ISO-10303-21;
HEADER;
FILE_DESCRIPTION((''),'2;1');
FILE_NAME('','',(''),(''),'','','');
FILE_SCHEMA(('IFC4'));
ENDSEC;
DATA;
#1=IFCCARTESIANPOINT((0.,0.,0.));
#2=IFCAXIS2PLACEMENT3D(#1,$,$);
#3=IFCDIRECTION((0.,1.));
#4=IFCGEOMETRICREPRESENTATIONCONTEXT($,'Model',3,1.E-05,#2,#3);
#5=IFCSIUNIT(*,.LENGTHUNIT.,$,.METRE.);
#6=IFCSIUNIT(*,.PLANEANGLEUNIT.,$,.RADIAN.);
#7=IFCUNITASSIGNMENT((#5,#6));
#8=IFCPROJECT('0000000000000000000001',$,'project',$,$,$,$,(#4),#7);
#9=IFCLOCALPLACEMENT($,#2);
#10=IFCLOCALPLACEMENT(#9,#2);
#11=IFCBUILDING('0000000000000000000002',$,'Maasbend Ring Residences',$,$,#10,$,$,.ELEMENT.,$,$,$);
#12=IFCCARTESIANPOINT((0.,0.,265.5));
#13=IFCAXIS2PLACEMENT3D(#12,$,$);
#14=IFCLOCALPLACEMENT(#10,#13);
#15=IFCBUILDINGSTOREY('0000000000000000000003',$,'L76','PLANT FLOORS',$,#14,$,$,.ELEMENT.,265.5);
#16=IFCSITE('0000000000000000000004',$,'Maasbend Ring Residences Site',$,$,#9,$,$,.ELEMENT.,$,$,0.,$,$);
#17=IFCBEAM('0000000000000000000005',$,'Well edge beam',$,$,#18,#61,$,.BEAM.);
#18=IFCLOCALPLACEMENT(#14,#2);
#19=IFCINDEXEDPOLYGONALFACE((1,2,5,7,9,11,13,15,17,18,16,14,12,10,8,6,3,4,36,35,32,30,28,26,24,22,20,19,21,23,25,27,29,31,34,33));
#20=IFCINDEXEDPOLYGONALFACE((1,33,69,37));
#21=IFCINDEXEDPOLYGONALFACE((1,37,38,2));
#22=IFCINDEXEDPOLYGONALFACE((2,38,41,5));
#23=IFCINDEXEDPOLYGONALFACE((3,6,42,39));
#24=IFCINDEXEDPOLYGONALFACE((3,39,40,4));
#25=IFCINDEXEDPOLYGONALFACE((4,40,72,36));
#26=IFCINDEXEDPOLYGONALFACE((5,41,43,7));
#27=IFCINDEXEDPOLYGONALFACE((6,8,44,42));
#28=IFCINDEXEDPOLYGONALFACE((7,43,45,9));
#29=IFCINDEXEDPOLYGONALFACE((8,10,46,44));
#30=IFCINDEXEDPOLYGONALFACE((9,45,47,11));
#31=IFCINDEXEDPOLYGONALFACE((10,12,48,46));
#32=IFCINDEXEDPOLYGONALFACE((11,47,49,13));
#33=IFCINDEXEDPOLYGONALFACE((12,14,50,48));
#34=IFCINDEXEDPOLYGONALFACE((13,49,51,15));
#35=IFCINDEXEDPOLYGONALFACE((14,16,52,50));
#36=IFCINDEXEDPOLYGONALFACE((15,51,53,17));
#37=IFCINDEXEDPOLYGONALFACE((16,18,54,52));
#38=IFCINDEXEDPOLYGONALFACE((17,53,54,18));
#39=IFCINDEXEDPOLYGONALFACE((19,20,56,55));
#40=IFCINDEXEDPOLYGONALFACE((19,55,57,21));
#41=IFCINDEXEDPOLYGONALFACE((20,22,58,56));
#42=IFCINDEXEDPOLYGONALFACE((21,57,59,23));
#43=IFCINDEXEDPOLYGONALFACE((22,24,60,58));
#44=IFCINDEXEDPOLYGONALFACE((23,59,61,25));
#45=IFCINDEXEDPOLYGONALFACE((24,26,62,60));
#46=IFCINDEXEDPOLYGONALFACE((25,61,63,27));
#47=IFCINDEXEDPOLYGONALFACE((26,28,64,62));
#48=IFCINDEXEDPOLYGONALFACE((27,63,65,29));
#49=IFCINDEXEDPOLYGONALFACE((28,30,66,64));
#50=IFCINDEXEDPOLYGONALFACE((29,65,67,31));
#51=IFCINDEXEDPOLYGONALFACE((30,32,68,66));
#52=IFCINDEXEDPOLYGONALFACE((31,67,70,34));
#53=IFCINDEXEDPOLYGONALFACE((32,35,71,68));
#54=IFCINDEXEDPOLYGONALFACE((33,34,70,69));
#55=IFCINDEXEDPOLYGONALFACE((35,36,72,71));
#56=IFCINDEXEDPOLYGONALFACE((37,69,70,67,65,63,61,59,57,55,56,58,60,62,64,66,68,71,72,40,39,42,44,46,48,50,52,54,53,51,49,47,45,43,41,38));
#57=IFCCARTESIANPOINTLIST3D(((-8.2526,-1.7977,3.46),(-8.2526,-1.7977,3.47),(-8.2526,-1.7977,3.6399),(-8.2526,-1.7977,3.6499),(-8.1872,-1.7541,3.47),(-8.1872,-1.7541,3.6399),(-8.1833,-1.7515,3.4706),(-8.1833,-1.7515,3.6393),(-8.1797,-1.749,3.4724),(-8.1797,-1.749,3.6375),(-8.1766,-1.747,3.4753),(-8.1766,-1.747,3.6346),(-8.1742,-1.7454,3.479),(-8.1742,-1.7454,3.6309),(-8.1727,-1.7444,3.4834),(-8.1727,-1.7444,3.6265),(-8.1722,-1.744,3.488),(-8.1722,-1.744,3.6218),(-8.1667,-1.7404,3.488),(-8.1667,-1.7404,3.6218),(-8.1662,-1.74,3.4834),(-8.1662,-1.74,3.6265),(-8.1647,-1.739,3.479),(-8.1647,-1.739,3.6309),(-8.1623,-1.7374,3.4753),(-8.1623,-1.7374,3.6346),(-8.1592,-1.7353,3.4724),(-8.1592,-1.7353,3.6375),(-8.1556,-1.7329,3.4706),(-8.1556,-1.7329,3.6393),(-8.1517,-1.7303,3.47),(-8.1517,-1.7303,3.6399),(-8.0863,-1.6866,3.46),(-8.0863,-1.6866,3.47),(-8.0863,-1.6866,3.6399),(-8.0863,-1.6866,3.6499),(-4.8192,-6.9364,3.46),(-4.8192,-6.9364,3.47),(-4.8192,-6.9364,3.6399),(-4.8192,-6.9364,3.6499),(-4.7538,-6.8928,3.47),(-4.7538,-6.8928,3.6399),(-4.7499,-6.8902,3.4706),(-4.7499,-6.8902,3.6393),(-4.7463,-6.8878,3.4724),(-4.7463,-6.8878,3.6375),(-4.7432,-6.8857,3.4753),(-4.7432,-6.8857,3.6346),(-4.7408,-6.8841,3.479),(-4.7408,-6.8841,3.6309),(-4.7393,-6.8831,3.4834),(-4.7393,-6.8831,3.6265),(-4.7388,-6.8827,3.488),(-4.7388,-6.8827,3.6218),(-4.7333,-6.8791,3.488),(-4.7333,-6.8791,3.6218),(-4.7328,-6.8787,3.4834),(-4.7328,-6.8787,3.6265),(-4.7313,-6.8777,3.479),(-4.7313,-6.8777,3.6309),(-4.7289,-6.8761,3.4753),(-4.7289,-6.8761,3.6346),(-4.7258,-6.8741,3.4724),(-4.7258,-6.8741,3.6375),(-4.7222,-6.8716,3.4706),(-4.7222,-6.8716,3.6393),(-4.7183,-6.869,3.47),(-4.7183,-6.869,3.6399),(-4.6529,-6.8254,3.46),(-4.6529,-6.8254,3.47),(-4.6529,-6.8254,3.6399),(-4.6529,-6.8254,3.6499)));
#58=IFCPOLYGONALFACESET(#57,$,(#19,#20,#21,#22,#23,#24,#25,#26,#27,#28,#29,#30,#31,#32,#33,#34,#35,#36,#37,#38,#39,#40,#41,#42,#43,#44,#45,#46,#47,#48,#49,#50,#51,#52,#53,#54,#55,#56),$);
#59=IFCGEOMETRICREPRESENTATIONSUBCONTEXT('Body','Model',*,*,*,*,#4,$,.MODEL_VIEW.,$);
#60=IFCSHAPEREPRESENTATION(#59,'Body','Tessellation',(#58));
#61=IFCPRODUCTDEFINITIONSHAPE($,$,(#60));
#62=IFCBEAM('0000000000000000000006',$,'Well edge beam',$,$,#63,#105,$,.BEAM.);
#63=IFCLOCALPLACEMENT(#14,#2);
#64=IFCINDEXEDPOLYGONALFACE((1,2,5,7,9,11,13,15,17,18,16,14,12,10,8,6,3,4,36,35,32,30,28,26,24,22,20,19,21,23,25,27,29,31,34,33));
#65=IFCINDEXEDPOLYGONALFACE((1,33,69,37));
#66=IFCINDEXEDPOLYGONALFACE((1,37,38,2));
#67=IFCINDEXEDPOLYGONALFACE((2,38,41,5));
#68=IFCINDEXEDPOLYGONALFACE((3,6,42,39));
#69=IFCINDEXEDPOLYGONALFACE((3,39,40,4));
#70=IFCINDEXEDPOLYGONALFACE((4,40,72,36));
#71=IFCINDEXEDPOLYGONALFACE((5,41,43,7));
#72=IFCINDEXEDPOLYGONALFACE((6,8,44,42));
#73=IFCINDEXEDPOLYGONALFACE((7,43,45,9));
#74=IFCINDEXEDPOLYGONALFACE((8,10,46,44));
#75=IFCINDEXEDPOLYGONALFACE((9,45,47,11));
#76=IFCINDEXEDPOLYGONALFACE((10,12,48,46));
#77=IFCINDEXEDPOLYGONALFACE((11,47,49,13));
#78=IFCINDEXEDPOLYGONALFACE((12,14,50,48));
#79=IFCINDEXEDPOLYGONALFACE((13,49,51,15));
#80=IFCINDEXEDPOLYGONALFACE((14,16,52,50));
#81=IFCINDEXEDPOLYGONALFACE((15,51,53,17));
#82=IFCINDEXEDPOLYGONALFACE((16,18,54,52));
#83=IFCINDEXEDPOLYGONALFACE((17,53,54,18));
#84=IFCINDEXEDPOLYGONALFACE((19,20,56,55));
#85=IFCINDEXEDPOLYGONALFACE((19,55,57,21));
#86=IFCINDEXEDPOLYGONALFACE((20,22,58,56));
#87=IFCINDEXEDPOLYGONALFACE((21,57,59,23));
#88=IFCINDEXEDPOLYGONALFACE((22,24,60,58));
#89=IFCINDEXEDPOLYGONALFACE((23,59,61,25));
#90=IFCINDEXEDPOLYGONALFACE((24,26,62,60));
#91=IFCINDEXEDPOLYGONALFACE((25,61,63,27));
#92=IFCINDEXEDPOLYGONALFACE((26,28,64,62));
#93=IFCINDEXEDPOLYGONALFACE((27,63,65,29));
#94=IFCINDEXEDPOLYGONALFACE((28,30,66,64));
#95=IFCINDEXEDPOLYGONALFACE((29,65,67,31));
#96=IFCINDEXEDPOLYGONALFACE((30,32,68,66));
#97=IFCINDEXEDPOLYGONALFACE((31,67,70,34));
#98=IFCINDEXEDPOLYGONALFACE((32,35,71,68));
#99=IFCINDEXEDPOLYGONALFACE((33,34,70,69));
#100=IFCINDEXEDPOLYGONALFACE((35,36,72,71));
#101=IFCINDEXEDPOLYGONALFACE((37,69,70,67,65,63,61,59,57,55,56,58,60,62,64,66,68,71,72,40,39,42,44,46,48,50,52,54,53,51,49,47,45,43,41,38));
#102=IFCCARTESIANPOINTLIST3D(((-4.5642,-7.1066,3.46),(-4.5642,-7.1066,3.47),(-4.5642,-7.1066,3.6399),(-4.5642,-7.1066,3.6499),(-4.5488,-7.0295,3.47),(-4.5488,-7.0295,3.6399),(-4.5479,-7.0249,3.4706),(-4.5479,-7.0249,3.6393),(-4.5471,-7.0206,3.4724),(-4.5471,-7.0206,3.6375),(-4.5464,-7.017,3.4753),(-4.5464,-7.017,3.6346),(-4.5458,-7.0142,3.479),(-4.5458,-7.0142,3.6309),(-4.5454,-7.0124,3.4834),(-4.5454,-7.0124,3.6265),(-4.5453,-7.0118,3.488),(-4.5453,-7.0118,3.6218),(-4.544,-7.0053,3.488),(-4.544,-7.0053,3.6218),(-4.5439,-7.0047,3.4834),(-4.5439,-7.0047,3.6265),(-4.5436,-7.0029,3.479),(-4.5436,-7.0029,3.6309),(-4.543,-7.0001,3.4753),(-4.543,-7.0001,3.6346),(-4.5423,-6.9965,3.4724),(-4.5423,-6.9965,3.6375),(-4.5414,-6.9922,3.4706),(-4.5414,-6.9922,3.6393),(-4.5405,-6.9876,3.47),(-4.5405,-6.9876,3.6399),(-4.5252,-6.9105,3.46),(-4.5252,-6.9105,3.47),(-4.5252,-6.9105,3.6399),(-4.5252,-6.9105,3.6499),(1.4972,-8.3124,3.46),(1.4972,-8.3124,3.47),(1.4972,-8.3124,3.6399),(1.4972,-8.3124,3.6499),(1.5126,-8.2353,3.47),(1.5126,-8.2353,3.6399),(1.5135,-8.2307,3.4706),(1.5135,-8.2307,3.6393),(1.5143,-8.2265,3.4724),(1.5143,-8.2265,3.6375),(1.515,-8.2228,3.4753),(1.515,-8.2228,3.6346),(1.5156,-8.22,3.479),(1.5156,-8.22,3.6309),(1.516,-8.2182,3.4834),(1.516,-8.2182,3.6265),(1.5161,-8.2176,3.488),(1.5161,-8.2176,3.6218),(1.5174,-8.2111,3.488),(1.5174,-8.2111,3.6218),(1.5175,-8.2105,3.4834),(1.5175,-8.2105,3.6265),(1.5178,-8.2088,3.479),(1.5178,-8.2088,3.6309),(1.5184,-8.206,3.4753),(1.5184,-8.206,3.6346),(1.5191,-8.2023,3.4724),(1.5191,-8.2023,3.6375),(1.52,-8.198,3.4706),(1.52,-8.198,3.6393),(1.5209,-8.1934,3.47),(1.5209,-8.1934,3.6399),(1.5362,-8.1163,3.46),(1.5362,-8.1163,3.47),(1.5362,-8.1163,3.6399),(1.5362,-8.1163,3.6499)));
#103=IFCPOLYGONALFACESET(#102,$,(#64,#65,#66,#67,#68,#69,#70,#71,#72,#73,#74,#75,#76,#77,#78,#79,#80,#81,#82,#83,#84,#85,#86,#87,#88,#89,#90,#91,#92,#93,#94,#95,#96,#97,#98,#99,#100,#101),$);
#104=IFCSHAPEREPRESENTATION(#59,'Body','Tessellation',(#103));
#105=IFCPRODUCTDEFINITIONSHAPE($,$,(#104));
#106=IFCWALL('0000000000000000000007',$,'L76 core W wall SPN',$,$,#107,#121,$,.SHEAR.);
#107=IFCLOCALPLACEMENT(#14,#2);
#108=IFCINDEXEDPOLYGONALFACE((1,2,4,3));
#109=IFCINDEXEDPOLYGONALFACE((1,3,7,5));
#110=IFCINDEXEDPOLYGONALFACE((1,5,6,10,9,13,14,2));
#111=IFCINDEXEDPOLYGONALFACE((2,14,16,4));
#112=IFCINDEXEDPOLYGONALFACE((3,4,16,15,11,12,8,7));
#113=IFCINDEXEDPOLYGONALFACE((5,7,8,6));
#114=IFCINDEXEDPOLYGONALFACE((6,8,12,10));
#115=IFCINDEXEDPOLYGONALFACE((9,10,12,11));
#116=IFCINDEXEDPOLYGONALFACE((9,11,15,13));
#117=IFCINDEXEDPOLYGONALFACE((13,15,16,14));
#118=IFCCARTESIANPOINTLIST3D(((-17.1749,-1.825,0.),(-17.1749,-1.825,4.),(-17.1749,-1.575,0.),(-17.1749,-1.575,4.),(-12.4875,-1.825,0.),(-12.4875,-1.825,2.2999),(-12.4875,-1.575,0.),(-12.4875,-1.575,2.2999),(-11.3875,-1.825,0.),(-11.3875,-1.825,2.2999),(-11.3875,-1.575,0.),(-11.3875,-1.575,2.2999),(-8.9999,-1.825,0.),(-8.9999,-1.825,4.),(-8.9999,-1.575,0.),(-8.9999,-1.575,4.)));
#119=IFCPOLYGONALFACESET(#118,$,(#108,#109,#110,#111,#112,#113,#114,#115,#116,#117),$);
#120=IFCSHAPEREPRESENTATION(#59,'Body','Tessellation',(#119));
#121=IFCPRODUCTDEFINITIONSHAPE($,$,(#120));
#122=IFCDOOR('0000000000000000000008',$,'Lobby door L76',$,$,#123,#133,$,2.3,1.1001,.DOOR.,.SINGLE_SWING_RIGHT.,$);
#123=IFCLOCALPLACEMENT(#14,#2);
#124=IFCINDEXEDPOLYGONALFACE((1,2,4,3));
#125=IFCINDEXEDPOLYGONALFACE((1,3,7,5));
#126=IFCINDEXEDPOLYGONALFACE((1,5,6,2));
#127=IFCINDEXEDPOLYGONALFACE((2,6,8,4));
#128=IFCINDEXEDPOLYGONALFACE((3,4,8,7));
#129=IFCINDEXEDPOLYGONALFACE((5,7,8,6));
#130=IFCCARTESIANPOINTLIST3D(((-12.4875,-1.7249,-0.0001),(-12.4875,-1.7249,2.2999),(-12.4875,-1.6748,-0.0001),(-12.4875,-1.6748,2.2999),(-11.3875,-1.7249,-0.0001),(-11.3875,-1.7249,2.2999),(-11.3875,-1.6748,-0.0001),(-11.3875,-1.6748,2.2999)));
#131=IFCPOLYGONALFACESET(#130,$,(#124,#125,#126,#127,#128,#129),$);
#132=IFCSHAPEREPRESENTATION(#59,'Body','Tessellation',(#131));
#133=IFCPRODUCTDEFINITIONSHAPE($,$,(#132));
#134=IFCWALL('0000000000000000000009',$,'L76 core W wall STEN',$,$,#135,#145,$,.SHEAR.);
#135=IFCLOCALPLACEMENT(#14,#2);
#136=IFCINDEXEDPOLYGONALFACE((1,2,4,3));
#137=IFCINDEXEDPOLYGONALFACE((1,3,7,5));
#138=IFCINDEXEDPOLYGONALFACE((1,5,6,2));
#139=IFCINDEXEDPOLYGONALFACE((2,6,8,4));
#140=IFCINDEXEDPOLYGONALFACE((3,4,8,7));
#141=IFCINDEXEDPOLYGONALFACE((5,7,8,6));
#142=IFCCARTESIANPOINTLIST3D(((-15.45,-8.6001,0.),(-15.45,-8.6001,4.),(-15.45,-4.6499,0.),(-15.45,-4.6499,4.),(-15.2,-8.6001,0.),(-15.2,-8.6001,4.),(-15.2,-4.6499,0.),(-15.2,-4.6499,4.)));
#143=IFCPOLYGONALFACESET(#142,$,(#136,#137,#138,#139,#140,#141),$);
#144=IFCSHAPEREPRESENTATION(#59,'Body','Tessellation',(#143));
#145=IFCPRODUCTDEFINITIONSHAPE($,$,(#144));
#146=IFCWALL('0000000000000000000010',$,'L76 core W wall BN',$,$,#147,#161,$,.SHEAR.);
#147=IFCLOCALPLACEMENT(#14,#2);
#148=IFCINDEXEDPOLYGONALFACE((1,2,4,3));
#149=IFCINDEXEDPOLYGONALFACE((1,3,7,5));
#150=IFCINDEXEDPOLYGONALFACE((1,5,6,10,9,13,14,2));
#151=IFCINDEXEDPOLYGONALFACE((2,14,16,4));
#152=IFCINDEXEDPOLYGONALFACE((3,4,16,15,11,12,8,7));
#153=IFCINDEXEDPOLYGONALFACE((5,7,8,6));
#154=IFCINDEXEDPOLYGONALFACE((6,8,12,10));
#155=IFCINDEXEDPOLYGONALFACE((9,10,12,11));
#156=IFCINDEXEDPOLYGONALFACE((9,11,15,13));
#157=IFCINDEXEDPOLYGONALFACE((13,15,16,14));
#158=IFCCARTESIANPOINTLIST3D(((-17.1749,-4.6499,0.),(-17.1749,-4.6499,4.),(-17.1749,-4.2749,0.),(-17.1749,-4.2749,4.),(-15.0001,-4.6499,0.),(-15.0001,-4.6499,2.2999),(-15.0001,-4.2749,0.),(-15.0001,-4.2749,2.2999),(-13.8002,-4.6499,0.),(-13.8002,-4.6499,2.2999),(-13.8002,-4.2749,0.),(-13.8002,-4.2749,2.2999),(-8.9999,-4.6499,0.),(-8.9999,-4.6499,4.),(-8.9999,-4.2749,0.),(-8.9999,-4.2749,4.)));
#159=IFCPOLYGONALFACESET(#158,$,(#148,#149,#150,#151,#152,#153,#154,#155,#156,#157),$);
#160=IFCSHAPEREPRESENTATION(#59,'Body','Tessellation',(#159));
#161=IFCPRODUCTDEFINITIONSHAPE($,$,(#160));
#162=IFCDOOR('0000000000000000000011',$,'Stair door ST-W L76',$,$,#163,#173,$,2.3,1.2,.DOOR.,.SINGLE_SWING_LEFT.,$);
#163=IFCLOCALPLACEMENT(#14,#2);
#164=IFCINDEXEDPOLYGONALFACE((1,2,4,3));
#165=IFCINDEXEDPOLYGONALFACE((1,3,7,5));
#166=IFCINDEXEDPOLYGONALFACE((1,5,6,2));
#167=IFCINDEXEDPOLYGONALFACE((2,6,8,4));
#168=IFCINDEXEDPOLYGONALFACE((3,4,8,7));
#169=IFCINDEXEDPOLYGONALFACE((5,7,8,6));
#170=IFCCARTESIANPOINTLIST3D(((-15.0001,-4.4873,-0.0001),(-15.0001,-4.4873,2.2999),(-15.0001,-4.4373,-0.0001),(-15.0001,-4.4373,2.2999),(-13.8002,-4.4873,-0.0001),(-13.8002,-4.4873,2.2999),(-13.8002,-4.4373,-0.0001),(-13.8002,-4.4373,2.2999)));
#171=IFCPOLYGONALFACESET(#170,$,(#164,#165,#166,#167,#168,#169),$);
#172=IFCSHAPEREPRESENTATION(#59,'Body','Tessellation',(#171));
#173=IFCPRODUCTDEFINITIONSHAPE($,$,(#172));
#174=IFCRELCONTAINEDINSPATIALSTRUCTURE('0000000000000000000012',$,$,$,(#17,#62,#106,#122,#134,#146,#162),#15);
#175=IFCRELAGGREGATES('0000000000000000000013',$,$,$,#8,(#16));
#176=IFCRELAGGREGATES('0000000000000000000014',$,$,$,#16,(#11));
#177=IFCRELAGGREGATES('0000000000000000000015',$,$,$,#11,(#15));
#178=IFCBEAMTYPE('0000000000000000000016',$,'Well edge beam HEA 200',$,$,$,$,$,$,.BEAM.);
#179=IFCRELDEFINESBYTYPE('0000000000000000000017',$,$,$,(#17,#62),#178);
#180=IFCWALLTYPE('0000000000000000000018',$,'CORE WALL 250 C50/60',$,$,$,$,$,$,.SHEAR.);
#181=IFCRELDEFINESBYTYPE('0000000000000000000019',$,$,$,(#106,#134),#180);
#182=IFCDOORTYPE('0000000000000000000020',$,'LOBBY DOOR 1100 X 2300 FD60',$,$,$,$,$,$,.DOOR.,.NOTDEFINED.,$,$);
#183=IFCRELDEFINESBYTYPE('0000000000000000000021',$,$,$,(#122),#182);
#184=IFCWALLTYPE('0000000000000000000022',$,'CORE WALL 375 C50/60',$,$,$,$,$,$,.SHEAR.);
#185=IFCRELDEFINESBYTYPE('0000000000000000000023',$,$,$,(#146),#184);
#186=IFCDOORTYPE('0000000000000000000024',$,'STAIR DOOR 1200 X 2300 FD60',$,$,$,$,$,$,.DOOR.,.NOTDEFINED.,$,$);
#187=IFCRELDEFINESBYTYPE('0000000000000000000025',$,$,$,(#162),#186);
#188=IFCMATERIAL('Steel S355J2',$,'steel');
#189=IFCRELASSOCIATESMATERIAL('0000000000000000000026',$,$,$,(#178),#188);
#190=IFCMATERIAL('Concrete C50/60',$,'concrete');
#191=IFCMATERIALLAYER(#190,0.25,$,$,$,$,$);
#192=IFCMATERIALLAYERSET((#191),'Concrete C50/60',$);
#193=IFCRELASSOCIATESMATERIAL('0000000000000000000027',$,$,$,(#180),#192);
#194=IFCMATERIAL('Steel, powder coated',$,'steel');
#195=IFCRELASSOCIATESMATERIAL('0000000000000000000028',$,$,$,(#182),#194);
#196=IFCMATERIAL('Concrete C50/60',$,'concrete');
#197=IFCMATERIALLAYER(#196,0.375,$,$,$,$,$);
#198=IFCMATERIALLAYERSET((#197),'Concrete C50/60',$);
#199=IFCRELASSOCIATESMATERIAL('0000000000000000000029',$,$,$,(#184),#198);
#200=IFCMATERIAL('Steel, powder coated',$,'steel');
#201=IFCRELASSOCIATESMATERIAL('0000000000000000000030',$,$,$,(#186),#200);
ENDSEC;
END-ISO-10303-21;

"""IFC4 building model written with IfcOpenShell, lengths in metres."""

from ifc_helpers import new_model, si_unit, direction, frame, frame_2d, origin, origin_2d, place, context, subcontext, project, spatial, rectangle, i_section, extrude, material, layer, layer_set, material_profile, profile_set, type_object, element, fill, save


model = new_model("IFC4")

# Units and contexts
model_context = context("Model", 3, precision=1e-05, world=origin(), true_north=direction((0.0, 1.0)))
body_context = subcontext(model_context, "Body", "Model", "MODEL_VIEW")
ifc_project = project(units=[si_unit("LENGTHUNIT", "METRE"), si_unit("PLANEANGLEUNIT", "RADIAN")], contexts=[model_context])

# Site, building, storey
site_placement = place(None, origin())
site = spatial("IfcSite", under=ifc_project, at=site_placement, Name="Maasbend Ring Residences Site", CompositionType="ELEMENT", RefElevation=0.0)
building_placement = place(site_placement, origin())
building = spatial("IfcBuilding", under=site, at=building_placement, Name="Maasbend Ring Residences", CompositionType="ELEMENT")
storey_placement = place(building_placement, frame((0.0, 0.0, 265.5)))
storey = spatial("IfcBuildingStorey", under=building, at=storey_placement, Name="L76", Description="PLANT FLOORS", CompositionType="ELEMENT", Elevation=265.5)

# Beams
ifc_material_1 = material(Name="Steel S355J2", Category="steel")
ifc_material_profile_1 = material_profile(ifc_material_1, i_section(OverallWidth=0.2, OverallDepth=0.1899, WebThickness=0.0066, FlangeThickness=0.01, FilletRadius=0.0181, at=origin_2d()), Name="HEA 200")
ifc_profile_set_1 = profile_set([ifc_material_profile_1], Name="Steel S355J2")
beam_type = type_object("IfcBeamType", Name="Well edge beam HEA 200", PredefinedType="BEAM", material=ifc_profile_set_1)
for number, where, z_axis, x_axis, name in (
    (1, (-8.1694, -1.7422, 3.5549), (0.555548, -0.831485, 0.0), (0.831485, 0.555548, 0.0), "Well edge beam"),
    (2, (-4.5447, -7.0085, 3.5549), (0.980781, -0.195113, 0.0), (0.195113, 0.980781, 0.0), "Well edge beam"),
):
    element("IfcBeam", number, at=place(storey_placement, frame(where, z_axis=z_axis, x_axis=x_axis)), inside=storey, type_object=beam_type, Name=name, PredefinedType="BEAM", context=body_context, shape_type="SweptSolid", body=[
        extrude(i_section(OverallWidth=0.2, OverallDepth=0.1899, WebThickness=0.0066, FlangeThickness=0.01, FilletRadius=0.0181, at=origin_2d()), origin(), (0.0, 0.0, 1.0), 6.1802),
    ])

# Wall, opening, door
ifc_material_2 = material(Name="Concrete C50/60", Category="concrete")
ifc_layer_1 = layer(ifc_material_2, 0.25)
ifc_layer_set_1 = layer_set([ifc_layer_1], Name="Concrete C50/60")
wall_type_1 = type_object("IfcWallType", Name="CORE WALL 250 C50/60", PredefinedType="SHEAR", material=ifc_layer_set_1)
wall_1_placement = place(storey_placement, frame((-9.0, -1.7, 0.0), z_axis=(0.0, 0.0, 1.0), x_axis=(-1.0, 0.0, 0.0)))
wall_1 = element("IfcWall", 3, at=wall_1_placement, inside=storey, type_object=wall_type_1, Name="L76 core W wall SPN", PredefinedType="SHEAR", context=body_context, shape_type="SweptSolid", body=[
    extrude(rectangle(XDim=8.175, YDim=0.25, at=frame_2d((4.0874, 0.0))), origin(), (0.0, 0.0, 1.0), 4.0),
])
opening_1_placement = place(wall_1_placement, frame((2.3875, 0.0, 0.0)))
opening_1 = element("IfcOpeningElement", 4, at=opening_1_placement, cuts=wall_1, PredefinedType="OPENING", context=body_context, shape_type="SweptSolid", body=[
    extrude(rectangle(XDim=1.1001, YDim=2.3, at=frame_2d((0.55, 1.1499))), frame((0.0, 0.135, 0.0), z_axis=(0.0, -1.0, 0.0), x_axis=(1.0, 0.0, 0.0)), (0.0, 0.0, 1.0), 0.27),
])
ifc_material_3 = material(Name="Steel, powder coated", Category="steel")
door_type_1 = type_object("IfcDoorType", Name="LOBBY DOOR 1100 X 2300 FD60", OperationType="NOTDEFINED", PredefinedType="DOOR", material=ifc_material_3)
door_1_placement = place(opening_1_placement, origin())
door_1 = element("IfcDoor", 5, at=door_1_placement, inside=storey, type_object=door_type_1, Name="Lobby door L76", OperationType="SINGLE_SWING_RIGHT", OverallHeight=2.3, OverallWidth=1.1001, PredefinedType="DOOR", context=body_context, shape_type="SweptSolid", body=[
    extrude(rectangle(XDim=1.1001, YDim=2.3, at=frame_2d((0.55, 1.1499))), frame((0.0, 0.0249, 0.0), z_axis=(0.0, -1.0, 0.0), x_axis=(1.0, 0.0, 0.0)), (0.0, 0.0, 1.0), 0.05),
])
fill(opening_1, door_1)

# Wall
wall_2_placement = place(storey_placement, frame((-15.325, -4.6499, 0.0), z_axis=(0.0, 0.0, 1.0), x_axis=(0.0, -1.0, 0.0)))
element("IfcWall", 6, at=wall_2_placement, inside=storey, type_object=wall_type_1, Name="L76 core W wall STEN", PredefinedType="SHEAR", context=body_context, shape_type="SweptSolid", body=[
    extrude(rectangle(XDim=3.9502, YDim=0.25, at=frame_2d((1.9751, 0.0))), origin(), (0.0, 0.0, 1.0), 4.0),
])

# Wall, opening, door
ifc_material_4 = material(Name="Concrete C50/60", Category="concrete")
ifc_layer_2 = layer(ifc_material_4, 0.375)
ifc_layer_set_2 = layer_set([ifc_layer_2], Name="Concrete C50/60")
wall_type_2 = type_object("IfcWallType", Name="CORE WALL 375 C50/60", PredefinedType="SHEAR", material=ifc_layer_set_2)
wall_3_placement = place(storey_placement, frame((-9.0, -4.4624, 0.0), z_axis=(0.0, 0.0, 1.0), x_axis=(-1.0, 0.0, 0.0)))
wall_3 = element("IfcWall", 7, at=wall_3_placement, inside=storey, type_object=wall_type_2, Name="L76 core W wall BN", PredefinedType="SHEAR", context=body_context, shape_type="SweptSolid", body=[
    extrude(rectangle(XDim=8.175, YDim=0.375, at=frame_2d((4.0874, 0.0))), origin(), (0.0, 0.0, 1.0), 4.0),
])
opening_2_placement = place(wall_3_placement, frame((4.8, 0.0, 0.0)))
opening_2 = element("IfcOpeningElement", 8, at=opening_2_placement, cuts=wall_3, PredefinedType="OPENING", context=body_context, shape_type="SweptSolid", body=[
    extrude(rectangle(XDim=1.2, YDim=2.3, at=frame_2d((0.6001, 1.1499))), frame((0.0, 0.1975, 0.0), z_axis=(0.0, -1.0, 0.0), x_axis=(1.0, 0.0, 0.0)), (0.0, 0.0, 1.0), 0.395),
])
ifc_material_5 = material(Name="Steel, powder coated", Category="steel")
door_type_2 = type_object("IfcDoorType", Name="STAIR DOOR 1200 X 2300 FD60", OperationType="NOTDEFINED", PredefinedType="DOOR", material=ifc_material_5)
door_2_placement = place(opening_2_placement, origin())
door_2 = element("IfcDoor", 9, at=door_2_placement, inside=storey, type_object=door_type_2, Name="Stair door ST-W L76", OperationType="SINGLE_SWING_LEFT", OverallHeight=2.3, OverallWidth=1.2, PredefinedType="DOOR", context=body_context, shape_type="SweptSolid", body=[
    extrude(rectangle(XDim=1.2, YDim=2.3, at=frame_2d((0.6001, 1.1499))), frame((0.0, 0.0249, 0.0), z_axis=(0.0, -1.0, 0.0), x_axis=(1.0, 0.0, 0.0)), (0.0, 0.0, 1.0), 0.05),
])
fill(opening_2, door_2)

save(model, "model.ifc")
